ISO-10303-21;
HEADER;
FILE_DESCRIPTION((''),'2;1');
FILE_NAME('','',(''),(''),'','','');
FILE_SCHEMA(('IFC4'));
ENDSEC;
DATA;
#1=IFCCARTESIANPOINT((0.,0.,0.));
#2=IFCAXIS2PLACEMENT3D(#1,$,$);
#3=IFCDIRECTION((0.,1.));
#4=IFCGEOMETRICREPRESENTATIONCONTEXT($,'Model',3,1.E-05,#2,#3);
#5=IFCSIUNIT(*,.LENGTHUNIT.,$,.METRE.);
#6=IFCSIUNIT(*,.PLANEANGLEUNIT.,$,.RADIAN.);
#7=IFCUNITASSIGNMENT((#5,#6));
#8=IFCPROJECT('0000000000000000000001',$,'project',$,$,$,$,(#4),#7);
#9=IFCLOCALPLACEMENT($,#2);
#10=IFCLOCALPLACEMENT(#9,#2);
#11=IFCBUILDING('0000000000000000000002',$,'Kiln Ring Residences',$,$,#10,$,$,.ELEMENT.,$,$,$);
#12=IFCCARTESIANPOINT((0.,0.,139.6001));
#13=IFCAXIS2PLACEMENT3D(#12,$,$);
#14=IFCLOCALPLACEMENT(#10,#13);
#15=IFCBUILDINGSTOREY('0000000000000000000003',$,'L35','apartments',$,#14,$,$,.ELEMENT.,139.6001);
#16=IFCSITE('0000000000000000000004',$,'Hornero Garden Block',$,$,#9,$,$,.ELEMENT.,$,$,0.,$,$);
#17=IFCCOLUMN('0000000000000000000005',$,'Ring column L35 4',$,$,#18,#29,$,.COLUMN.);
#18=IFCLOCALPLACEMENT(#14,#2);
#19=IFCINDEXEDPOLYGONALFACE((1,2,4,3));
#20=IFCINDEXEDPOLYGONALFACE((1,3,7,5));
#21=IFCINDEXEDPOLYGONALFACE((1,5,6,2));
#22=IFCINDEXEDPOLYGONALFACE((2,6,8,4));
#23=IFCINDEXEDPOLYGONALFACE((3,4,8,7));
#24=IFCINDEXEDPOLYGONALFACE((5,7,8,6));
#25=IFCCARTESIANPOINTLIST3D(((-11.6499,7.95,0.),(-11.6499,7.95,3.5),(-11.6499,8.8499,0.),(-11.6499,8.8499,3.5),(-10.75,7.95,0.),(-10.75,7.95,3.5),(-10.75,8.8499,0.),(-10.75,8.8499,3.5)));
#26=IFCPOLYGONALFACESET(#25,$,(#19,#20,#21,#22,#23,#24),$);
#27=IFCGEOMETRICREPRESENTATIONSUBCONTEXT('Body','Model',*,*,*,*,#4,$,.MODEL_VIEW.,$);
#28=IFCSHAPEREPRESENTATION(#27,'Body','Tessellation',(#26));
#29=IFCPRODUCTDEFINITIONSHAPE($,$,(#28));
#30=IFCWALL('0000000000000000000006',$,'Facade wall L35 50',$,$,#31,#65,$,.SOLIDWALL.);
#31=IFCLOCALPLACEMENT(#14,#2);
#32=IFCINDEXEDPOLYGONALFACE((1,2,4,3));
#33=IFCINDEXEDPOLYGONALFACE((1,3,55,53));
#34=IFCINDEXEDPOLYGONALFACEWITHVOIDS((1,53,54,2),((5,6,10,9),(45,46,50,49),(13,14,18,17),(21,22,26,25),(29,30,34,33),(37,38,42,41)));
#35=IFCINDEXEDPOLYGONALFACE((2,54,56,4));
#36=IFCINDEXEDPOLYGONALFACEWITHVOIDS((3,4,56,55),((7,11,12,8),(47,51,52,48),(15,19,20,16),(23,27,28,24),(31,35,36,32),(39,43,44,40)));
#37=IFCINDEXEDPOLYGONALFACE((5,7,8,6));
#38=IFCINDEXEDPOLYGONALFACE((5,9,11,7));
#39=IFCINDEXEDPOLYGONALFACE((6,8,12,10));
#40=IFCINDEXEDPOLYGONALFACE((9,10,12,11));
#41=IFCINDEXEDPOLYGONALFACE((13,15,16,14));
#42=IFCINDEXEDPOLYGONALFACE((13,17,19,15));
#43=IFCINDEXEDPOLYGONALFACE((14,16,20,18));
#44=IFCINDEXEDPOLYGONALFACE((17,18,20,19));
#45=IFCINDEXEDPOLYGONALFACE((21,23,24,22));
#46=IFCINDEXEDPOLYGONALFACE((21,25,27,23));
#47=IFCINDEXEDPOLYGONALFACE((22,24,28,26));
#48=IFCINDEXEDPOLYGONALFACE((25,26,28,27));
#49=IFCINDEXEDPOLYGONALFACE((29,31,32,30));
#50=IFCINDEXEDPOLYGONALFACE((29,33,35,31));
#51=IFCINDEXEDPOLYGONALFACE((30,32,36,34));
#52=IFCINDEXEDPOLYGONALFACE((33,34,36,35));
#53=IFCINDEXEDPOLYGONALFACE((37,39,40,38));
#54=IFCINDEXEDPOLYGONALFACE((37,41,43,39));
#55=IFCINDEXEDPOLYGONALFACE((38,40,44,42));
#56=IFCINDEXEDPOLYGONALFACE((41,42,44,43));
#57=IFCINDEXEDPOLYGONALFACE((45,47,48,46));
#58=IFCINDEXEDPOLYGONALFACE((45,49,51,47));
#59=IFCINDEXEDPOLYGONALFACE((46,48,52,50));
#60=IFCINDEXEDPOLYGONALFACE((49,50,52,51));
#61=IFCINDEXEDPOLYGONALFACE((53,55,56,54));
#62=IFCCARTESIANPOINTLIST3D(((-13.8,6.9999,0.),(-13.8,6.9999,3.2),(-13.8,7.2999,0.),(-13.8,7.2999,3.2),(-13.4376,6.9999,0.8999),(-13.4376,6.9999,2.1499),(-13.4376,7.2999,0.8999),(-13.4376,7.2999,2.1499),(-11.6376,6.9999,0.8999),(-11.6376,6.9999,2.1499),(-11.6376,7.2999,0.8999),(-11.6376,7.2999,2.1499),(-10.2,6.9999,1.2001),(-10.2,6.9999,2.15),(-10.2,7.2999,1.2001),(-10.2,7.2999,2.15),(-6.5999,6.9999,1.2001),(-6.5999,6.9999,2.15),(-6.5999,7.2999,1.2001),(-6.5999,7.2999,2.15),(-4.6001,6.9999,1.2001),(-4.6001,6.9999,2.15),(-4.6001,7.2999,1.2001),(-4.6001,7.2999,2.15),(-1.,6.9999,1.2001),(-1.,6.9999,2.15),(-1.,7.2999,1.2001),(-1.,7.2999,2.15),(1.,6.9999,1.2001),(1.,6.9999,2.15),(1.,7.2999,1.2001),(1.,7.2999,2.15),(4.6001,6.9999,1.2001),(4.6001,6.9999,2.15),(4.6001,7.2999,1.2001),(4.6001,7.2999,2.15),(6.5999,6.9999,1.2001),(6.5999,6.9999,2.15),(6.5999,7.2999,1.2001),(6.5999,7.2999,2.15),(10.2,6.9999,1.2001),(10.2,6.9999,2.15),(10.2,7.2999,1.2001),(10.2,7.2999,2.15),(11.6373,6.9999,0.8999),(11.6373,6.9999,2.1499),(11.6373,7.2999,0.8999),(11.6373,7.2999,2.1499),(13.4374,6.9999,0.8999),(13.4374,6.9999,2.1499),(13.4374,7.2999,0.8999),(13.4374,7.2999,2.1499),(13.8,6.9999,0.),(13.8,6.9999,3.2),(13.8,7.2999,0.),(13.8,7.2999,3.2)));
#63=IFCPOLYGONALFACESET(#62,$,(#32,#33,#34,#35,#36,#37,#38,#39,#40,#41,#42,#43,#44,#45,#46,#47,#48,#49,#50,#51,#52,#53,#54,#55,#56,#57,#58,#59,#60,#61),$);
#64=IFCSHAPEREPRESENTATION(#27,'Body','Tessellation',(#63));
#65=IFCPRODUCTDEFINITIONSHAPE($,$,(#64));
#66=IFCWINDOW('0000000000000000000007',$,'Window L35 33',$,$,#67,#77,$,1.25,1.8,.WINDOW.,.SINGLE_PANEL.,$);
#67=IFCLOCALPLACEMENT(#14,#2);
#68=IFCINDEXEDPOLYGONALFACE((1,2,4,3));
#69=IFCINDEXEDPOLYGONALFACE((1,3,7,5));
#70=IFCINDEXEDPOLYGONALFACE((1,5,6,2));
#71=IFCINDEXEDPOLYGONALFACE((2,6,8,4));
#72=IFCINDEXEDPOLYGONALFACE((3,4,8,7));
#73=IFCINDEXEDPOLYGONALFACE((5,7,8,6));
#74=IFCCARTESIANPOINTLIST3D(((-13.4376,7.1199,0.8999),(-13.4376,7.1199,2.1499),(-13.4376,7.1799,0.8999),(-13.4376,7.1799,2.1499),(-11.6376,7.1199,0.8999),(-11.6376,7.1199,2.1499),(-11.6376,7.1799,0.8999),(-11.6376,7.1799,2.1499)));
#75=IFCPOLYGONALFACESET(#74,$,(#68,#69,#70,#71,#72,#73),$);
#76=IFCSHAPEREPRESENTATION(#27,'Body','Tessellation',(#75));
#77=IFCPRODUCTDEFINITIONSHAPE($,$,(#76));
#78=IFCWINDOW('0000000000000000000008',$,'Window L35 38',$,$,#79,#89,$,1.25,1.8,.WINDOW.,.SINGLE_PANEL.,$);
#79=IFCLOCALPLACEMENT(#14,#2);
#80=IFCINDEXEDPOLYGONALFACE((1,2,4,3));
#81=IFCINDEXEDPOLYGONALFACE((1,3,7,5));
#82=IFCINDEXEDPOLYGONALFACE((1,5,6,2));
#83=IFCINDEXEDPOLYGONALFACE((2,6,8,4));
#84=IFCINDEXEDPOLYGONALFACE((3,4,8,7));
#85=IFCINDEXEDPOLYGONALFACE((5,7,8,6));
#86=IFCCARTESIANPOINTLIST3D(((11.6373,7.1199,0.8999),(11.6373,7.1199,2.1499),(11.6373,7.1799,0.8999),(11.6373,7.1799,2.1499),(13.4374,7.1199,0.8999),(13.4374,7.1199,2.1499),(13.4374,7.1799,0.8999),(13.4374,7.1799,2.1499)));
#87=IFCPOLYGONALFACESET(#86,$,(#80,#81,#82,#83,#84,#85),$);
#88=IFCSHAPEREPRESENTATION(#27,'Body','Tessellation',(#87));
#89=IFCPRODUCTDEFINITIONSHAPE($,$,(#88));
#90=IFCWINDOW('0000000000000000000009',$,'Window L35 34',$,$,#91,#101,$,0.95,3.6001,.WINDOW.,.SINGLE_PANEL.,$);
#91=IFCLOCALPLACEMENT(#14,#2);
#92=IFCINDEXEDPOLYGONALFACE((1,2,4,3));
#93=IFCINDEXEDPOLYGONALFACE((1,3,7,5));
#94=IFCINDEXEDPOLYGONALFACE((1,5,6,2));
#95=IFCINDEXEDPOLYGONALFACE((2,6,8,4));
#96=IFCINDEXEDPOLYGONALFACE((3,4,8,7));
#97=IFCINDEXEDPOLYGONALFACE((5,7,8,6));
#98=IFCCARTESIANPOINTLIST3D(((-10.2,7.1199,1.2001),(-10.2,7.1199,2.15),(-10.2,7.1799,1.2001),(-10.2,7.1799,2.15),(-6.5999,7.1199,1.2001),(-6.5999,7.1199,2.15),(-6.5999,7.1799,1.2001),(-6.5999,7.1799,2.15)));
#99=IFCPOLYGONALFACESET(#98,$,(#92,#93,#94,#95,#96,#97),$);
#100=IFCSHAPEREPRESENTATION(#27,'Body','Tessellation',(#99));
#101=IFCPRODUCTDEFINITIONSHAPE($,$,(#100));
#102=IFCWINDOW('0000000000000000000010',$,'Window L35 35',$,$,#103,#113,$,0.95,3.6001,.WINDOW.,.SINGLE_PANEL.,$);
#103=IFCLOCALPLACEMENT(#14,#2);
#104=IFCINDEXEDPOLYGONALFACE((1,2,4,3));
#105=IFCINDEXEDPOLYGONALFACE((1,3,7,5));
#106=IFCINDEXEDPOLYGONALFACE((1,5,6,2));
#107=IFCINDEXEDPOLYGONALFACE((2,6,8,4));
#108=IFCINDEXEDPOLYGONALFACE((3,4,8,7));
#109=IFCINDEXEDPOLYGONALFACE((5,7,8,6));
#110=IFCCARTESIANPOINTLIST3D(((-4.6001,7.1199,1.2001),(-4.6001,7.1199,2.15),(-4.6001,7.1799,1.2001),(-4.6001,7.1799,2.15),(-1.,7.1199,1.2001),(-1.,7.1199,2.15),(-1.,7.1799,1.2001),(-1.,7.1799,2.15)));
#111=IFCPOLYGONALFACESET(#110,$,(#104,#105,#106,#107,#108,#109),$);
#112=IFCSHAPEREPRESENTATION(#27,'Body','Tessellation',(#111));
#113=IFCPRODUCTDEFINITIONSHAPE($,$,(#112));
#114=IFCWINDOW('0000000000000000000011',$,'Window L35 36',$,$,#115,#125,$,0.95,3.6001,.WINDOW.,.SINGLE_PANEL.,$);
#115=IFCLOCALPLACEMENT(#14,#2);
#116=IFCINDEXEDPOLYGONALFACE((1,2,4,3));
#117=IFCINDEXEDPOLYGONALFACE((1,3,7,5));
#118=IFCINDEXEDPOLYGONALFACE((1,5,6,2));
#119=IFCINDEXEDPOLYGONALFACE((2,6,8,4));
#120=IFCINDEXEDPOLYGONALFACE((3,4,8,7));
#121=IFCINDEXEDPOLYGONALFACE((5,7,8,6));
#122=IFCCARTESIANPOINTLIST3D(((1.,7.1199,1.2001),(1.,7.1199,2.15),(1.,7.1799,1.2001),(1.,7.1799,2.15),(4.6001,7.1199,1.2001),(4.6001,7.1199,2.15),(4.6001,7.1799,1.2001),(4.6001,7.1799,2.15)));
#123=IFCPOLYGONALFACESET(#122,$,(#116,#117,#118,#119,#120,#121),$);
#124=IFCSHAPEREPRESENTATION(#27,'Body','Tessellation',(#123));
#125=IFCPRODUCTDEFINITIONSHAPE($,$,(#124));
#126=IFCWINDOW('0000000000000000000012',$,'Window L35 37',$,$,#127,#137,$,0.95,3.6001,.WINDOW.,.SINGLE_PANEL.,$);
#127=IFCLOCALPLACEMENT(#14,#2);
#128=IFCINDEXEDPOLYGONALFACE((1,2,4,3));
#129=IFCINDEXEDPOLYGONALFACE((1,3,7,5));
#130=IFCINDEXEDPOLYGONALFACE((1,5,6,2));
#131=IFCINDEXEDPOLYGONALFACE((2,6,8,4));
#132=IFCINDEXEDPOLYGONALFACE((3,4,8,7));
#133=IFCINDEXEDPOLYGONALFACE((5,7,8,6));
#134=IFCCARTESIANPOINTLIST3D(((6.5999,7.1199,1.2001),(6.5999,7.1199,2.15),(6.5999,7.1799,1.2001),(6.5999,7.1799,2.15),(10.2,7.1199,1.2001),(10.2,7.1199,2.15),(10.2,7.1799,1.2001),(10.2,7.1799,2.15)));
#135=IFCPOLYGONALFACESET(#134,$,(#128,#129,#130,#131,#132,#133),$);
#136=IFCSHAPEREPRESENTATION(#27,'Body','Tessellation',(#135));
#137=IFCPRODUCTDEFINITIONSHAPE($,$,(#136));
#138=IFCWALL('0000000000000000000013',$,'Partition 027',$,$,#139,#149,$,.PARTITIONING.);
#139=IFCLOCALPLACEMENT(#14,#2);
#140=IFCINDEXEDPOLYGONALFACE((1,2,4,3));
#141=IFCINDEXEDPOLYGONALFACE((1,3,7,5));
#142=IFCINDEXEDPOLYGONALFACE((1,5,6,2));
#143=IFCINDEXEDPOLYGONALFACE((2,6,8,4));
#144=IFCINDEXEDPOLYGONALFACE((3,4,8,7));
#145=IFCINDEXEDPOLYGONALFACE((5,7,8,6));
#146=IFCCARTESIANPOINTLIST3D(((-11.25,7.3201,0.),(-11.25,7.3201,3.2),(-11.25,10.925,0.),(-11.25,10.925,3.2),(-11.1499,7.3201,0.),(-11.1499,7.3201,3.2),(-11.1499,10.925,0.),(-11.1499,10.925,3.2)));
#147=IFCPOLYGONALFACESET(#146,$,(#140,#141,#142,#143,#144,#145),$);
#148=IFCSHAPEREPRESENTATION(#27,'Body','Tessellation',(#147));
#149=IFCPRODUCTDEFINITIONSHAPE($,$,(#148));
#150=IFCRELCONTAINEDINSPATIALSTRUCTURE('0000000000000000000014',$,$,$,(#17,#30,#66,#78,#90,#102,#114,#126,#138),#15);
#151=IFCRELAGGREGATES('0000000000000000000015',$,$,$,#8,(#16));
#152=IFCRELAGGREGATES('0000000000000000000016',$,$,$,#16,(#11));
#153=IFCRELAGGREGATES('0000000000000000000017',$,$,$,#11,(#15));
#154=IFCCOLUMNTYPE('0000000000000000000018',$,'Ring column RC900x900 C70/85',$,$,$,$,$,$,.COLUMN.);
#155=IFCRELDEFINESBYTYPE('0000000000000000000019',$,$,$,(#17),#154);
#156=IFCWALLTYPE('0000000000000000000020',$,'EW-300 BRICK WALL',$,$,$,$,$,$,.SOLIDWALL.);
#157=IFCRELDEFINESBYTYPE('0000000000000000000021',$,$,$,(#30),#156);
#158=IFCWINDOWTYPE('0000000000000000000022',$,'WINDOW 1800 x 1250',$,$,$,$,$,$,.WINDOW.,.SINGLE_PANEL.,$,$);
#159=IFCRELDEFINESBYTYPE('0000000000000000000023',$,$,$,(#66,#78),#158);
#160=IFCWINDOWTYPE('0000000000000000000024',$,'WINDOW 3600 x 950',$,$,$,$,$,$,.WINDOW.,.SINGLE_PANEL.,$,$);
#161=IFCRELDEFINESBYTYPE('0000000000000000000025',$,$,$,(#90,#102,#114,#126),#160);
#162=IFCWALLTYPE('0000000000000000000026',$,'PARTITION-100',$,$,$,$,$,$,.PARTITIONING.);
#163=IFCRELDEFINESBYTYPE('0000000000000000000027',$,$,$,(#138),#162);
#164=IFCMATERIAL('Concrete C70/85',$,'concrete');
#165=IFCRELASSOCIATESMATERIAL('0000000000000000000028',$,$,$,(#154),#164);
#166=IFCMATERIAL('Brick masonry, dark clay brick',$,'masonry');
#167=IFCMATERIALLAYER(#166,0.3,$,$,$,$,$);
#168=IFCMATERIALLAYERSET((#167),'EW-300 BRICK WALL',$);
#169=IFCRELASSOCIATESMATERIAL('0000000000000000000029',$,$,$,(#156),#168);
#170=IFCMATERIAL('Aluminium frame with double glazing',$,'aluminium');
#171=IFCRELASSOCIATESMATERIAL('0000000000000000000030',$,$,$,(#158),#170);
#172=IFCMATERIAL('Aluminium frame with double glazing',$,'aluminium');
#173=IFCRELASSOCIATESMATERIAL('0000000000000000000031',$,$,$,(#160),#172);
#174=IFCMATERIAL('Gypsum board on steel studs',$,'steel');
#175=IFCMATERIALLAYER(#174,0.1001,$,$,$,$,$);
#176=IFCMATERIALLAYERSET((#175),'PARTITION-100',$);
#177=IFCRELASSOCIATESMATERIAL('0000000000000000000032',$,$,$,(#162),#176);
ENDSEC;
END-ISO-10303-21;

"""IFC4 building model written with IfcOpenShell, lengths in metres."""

from ifc_helpers import new_model, si_unit, direction, frame, frame_2d, origin, origin_2d, place, context, subcontext, project, spatial, rectangle, extrude, material, layer, layer_set, material_profile, profile_set, type_object, element, fill, save


model = new_model("IFC4")

# Units and contexts
model_context = context("Model", 3, precision=1e-05, world=origin(), true_north=direction((0.0, 1.0)))
body_context = subcontext(model_context, "Body", "Model", "MODEL_VIEW")
ifc_project = project(units=[si_unit("LENGTHUNIT", "METRE"), si_unit("PLANEANGLEUNIT", "RADIAN")], contexts=[model_context])

# Site, building, storey
site_placement = place(None, origin())
site = spatial("IfcSite", under=ifc_project, at=site_placement, Name="Hornero Garden Block", CompositionType="ELEMENT", RefElevation=0.0)
building_placement = place(site_placement, origin())
building = spatial("IfcBuilding", under=site, at=building_placement, Name="Kiln Ring Residences", CompositionType="ELEMENT")
storey_placement = place(building_placement, frame((0.0, 0.0, 139.6001)))
storey = spatial("IfcBuildingStorey", under=building, at=storey_placement, Name="L35", Description="apartments", CompositionType="ELEMENT", Elevation=139.6001)

# Column
ifc_material_1 = material(Name="Concrete C70/85", Category="concrete")
ifc_material_profile = material_profile(ifc_material_1, rectangle(XDim=0.8999, YDim=0.8999, at=origin_2d()), Name="RC900x900")
ifc_profile_set = profile_set([ifc_material_profile], Name="Concrete C70/85")
column_type = type_object("IfcColumnType", Name="Ring column RC900x900 C70/85", PredefinedType="COLUMN", material=ifc_profile_set)
column_placement = place(storey_placement, frame((-11.2, 8.3999, 0.0), z_axis=(0.0, 0.0, 1.0), x_axis=(1.0, 0.0, 0.0)))
element("IfcColumn", 1, at=column_placement, inside=storey, type_object=column_type, Name="Ring column L35 4", PredefinedType="COLUMN", context=body_context, shape_type="SweptSolid", body=[
    extrude(rectangle(XDim=0.8999, YDim=0.8999, at=origin_2d()), origin(), (0.0, 0.0, 1.0), 3.5),
])

# Wall, openings, windows
ifc_material_2 = material(Name="Brick masonry, dark clay brick", Category="masonry")
ifc_layer_1 = layer(ifc_material_2, 0.3)
ifc_layer_set_1 = layer_set([ifc_layer_1], Name="EW-300 BRICK WALL")
wall_type_1 = type_object("IfcWallType", Name="EW-300 BRICK WALL", PredefinedType="SOLIDWALL", material=ifc_layer_set_1)
wall_1_placement = place(storey_placement, frame((-13.8, 7.1499, 0.0), z_axis=(0.0, 0.0, 1.0), x_axis=(1.0, 0.0, 0.0)))
wall_1 = element("IfcWall", 2, at=wall_1_placement, inside=storey, type_object=wall_type_1, Name="Facade wall L35 50", PredefinedType="SOLIDWALL", context=body_context, shape_type="SweptSolid", body=[
    extrude(rectangle(XDim=27.6001, YDim=0.3, at=frame_2d((13.8, 0.0))), origin(), (0.0, 0.0, 1.0), 3.2),
])
opening_1_placement = place(wall_1_placement, frame((0.3625, 0.0, 0.8999)))
opening_1 = element("IfcOpeningElement", 3, at=opening_1_placement, cuts=wall_1, PredefinedType="OPENING", context=body_context, shape_type="SweptSolid", body=[
    extrude(rectangle(XDim=1.8, YDim=1.25, at=frame_2d((0.8999, 0.625))), frame((0.0, 0.1599, 0.0), z_axis=(0.0, -1.0, 0.0), x_axis=(1.0, 0.0, 0.0)), (0.0, 0.0, 1.0), 0.3201),
])
opening_2_placement = place(wall_1_placement, frame((3.6001, 0.0, 1.2)))
opening_2 = element("IfcOpeningElement", 4, at=opening_2_placement, cuts=wall_1, PredefinedType="OPENING", context=body_context, shape_type="SweptSolid", body=[
    extrude(rectangle(XDim=3.6001, YDim=0.95, at=frame_2d((1.8, 0.4751))), frame((0.0, 0.1599, 0.0), z_axis=(0.0, -1.0, 0.0), x_axis=(1.0, 0.0, 0.0)), (0.0, 0.0, 1.0), 0.3201),
])
opening_3_placement = place(wall_1_placement, frame((9.2, 0.0, 1.2)))
opening_3 = element("IfcOpeningElement", 5, at=opening_3_placement, cuts=wall_1, PredefinedType="OPENING", context=body_context, shape_type="SweptSolid", body=[
    extrude(rectangle(XDim=3.6001, YDim=0.95, at=frame_2d((1.8, 0.4751))), frame((0.0, 0.1599, 0.0), z_axis=(0.0, -1.0, 0.0), x_axis=(1.0, 0.0, 0.0)), (0.0, 0.0, 1.0), 0.3201),
])
opening_4_placement = place(wall_1_placement, frame((14.8, 0.0, 1.2)))
opening_4 = element("IfcOpeningElement", 6, at=opening_4_placement, cuts=wall_1, PredefinedType="OPENING", context=body_context, shape_type="SweptSolid", body=[
    extrude(rectangle(XDim=3.6001, YDim=0.95, at=frame_2d((1.8, 0.4751))), frame((0.0, 0.1599, 0.0), z_axis=(0.0, -1.0, 0.0), x_axis=(1.0, 0.0, 0.0)), (0.0, 0.0, 1.0), 0.3201),
])
opening_5_placement = place(wall_1_placement, frame((20.3999, 0.0, 1.2)))
opening_5 = element("IfcOpeningElement", 7, at=opening_5_placement, cuts=wall_1, PredefinedType="OPENING", context=body_context, shape_type="SweptSolid", body=[
    extrude(rectangle(XDim=3.6001, YDim=0.95, at=frame_2d((1.8, 0.4751))), frame((0.0, 0.1599, 0.0), z_axis=(0.0, -1.0, 0.0), x_axis=(1.0, 0.0, 0.0)), (0.0, 0.0, 1.0), 0.3201),
])
opening_6_placement = place(wall_1_placement, frame((25.4375, 0.0, 0.8999)))
opening_6 = element("IfcOpeningElement", 8, at=opening_6_placement, cuts=wall_1, PredefinedType="OPENING", context=body_context, shape_type="SweptSolid", body=[
    extrude(rectangle(XDim=1.8, YDim=1.25, at=frame_2d((0.8999, 0.625))), frame((0.0, 0.1599, 0.0), z_axis=(0.0, -1.0, 0.0), x_axis=(1.0, 0.0, 0.0)), (0.0, 0.0, 1.0), 0.3201),
])
ifc_material_3 = material(Name="Aluminium frame with double glazing", Category="aluminium")
window_type_1 = type_object("IfcWindowType", Name="WINDOW 1800 x 1250", PartitioningType="SINGLE_PANEL", PredefinedType="WINDOW", material=ifc_material_3)
window_1_placement = place(opening_1_placement, origin())
window_1 = element("IfcWindow", 9, at=window_1_placement, inside=storey, type_object=window_type_1, Name="Window L35 33", OverallHeight=1.25, OverallWidth=1.8, PartitioningType="SINGLE_PANEL", PredefinedType="WINDOW", context=body_context, shape_type="SweptSolid", body=[
    extrude(rectangle(XDim=1.8, YDim=1.25, at=frame_2d((0.8999, 0.625))), frame((0.0, 0.03, 0.0), z_axis=(0.0, -1.0, 0.0), x_axis=(1.0, 0.0, 0.0)), (0.0, 0.0, 1.0), 0.0601),
])
fill(opening_1, window_1)
window_2_placement = place(opening_6_placement, origin())
window_2 = element("IfcWindow", 10, at=window_2_placement, inside=storey, type_object=window_type_1, Name="Window L35 38", OverallHeight=1.25, OverallWidth=1.8, PartitioningType="SINGLE_PANEL", PredefinedType="WINDOW", context=body_context, shape_type="SweptSolid", body=[
    extrude(rectangle(XDim=1.8, YDim=1.25, at=frame_2d((0.8999, 0.625))), frame((0.0, 0.03, 0.0), z_axis=(0.0, -1.0, 0.0), x_axis=(1.0, 0.0, 0.0)), (0.0, 0.0, 1.0), 0.0601),
])
fill(opening_6, window_2)
ifc_material_4 = material(Name="Aluminium frame with double glazing", Category="aluminium")
window_type_2 = type_object("IfcWindowType", Name="WINDOW 3600 x 950", PartitioningType="SINGLE_PANEL", PredefinedType="WINDOW", material=ifc_material_4)
window_3_placement = place(opening_2_placement, origin())
window_3 = element("IfcWindow", 11, at=window_3_placement, inside=storey, type_object=window_type_2, Name="Window L35 34", OverallHeight=0.95, OverallWidth=3.6001, PartitioningType="SINGLE_PANEL", PredefinedType="WINDOW", context=body_context, shape_type="SweptSolid", body=[
    extrude(rectangle(XDim=3.6001, YDim=0.95, at=frame_2d((1.8, 0.4751))), frame((0.0, 0.03, 0.0), z_axis=(0.0, -1.0, 0.0), x_axis=(1.0, 0.0, 0.0)), (0.0, 0.0, 1.0), 0.0601),
])
fill(opening_2, window_3)
window_4_placement = place(opening_3_placement, origin())
window_4 = element("IfcWindow", 12, at=window_4_placement, inside=storey, type_object=window_type_2, Name="Window L35 35", OverallHeight=0.95, OverallWidth=3.6001, PartitioningType="SINGLE_PANEL", PredefinedType="WINDOW", context=body_context, shape_type="SweptSolid", body=[
    extrude(rectangle(XDim=3.6001, YDim=0.95, at=frame_2d((1.8, 0.4751))), frame((0.0, 0.03, 0.0), z_axis=(0.0, -1.0, 0.0), x_axis=(1.0, 0.0, 0.0)), (0.0, 0.0, 1.0), 0.0601),
])
fill(opening_3, window_4)
window_5_placement = place(opening_4_placement, origin())
window_5 = element("IfcWindow", 13, at=window_5_placement, inside=storey, type_object=window_type_2, Name="Window L35 36", OverallHeight=0.95, OverallWidth=3.6001, PartitioningType="SINGLE_PANEL", PredefinedType="WINDOW", context=body_context, shape_type="SweptSolid", body=[
    extrude(rectangle(XDim=3.6001, YDim=0.95, at=frame_2d((1.8, 0.4751))), frame((0.0, 0.03, 0.0), z_axis=(0.0, -1.0, 0.0), x_axis=(1.0, 0.0, 0.0)), (0.0, 0.0, 1.0), 0.0601),
])
fill(opening_4, window_5)
window_6_placement = place(opening_5_placement, origin())
window_6 = element("IfcWindow", 14, at=window_6_placement, inside=storey, type_object=window_type_2, Name="Window L35 37", OverallHeight=0.95, OverallWidth=3.6001, PartitioningType="SINGLE_PANEL", PredefinedType="WINDOW", context=body_context, shape_type="SweptSolid", body=[
    extrude(rectangle(XDim=3.6001, YDim=0.95, at=frame_2d((1.8, 0.4751))), frame((0.0, 0.03, 0.0), z_axis=(0.0, -1.0, 0.0), x_axis=(1.0, 0.0, 0.0)), (0.0, 0.0, 1.0), 0.0601),
])
fill(opening_5, window_6)

# Wall
ifc_material_5 = material(Name="Gypsum board on steel studs", Category="steel")
ifc_layer_2 = layer(ifc_material_5, 0.1001)
ifc_layer_set_2 = layer_set([ifc_layer_2], Name="PARTITION-100")
wall_type_2 = type_object("IfcWallType", Name="PARTITION-100", PredefinedType="PARTITIONING", material=ifc_layer_set_2)
wall_2_placement = place(storey_placement, frame((-11.2, 7.3201, 0.0), z_axis=(0.0, 0.0, 1.0), x_axis=(0.0, 1.0, 0.0)))
element("IfcWall", 15, at=wall_2_placement, inside=storey, type_object=wall_type_2, Name="Partition 027", PredefinedType="PARTITIONING", context=body_context, shape_type="SweptSolid", body=[
    extrude(rectangle(XDim=3.605, YDim=0.1001, at=frame_2d((1.8025, 0.0))), origin(), (0.0, 0.0, 1.0), 3.2),
])

save(model, "model.ifc")
